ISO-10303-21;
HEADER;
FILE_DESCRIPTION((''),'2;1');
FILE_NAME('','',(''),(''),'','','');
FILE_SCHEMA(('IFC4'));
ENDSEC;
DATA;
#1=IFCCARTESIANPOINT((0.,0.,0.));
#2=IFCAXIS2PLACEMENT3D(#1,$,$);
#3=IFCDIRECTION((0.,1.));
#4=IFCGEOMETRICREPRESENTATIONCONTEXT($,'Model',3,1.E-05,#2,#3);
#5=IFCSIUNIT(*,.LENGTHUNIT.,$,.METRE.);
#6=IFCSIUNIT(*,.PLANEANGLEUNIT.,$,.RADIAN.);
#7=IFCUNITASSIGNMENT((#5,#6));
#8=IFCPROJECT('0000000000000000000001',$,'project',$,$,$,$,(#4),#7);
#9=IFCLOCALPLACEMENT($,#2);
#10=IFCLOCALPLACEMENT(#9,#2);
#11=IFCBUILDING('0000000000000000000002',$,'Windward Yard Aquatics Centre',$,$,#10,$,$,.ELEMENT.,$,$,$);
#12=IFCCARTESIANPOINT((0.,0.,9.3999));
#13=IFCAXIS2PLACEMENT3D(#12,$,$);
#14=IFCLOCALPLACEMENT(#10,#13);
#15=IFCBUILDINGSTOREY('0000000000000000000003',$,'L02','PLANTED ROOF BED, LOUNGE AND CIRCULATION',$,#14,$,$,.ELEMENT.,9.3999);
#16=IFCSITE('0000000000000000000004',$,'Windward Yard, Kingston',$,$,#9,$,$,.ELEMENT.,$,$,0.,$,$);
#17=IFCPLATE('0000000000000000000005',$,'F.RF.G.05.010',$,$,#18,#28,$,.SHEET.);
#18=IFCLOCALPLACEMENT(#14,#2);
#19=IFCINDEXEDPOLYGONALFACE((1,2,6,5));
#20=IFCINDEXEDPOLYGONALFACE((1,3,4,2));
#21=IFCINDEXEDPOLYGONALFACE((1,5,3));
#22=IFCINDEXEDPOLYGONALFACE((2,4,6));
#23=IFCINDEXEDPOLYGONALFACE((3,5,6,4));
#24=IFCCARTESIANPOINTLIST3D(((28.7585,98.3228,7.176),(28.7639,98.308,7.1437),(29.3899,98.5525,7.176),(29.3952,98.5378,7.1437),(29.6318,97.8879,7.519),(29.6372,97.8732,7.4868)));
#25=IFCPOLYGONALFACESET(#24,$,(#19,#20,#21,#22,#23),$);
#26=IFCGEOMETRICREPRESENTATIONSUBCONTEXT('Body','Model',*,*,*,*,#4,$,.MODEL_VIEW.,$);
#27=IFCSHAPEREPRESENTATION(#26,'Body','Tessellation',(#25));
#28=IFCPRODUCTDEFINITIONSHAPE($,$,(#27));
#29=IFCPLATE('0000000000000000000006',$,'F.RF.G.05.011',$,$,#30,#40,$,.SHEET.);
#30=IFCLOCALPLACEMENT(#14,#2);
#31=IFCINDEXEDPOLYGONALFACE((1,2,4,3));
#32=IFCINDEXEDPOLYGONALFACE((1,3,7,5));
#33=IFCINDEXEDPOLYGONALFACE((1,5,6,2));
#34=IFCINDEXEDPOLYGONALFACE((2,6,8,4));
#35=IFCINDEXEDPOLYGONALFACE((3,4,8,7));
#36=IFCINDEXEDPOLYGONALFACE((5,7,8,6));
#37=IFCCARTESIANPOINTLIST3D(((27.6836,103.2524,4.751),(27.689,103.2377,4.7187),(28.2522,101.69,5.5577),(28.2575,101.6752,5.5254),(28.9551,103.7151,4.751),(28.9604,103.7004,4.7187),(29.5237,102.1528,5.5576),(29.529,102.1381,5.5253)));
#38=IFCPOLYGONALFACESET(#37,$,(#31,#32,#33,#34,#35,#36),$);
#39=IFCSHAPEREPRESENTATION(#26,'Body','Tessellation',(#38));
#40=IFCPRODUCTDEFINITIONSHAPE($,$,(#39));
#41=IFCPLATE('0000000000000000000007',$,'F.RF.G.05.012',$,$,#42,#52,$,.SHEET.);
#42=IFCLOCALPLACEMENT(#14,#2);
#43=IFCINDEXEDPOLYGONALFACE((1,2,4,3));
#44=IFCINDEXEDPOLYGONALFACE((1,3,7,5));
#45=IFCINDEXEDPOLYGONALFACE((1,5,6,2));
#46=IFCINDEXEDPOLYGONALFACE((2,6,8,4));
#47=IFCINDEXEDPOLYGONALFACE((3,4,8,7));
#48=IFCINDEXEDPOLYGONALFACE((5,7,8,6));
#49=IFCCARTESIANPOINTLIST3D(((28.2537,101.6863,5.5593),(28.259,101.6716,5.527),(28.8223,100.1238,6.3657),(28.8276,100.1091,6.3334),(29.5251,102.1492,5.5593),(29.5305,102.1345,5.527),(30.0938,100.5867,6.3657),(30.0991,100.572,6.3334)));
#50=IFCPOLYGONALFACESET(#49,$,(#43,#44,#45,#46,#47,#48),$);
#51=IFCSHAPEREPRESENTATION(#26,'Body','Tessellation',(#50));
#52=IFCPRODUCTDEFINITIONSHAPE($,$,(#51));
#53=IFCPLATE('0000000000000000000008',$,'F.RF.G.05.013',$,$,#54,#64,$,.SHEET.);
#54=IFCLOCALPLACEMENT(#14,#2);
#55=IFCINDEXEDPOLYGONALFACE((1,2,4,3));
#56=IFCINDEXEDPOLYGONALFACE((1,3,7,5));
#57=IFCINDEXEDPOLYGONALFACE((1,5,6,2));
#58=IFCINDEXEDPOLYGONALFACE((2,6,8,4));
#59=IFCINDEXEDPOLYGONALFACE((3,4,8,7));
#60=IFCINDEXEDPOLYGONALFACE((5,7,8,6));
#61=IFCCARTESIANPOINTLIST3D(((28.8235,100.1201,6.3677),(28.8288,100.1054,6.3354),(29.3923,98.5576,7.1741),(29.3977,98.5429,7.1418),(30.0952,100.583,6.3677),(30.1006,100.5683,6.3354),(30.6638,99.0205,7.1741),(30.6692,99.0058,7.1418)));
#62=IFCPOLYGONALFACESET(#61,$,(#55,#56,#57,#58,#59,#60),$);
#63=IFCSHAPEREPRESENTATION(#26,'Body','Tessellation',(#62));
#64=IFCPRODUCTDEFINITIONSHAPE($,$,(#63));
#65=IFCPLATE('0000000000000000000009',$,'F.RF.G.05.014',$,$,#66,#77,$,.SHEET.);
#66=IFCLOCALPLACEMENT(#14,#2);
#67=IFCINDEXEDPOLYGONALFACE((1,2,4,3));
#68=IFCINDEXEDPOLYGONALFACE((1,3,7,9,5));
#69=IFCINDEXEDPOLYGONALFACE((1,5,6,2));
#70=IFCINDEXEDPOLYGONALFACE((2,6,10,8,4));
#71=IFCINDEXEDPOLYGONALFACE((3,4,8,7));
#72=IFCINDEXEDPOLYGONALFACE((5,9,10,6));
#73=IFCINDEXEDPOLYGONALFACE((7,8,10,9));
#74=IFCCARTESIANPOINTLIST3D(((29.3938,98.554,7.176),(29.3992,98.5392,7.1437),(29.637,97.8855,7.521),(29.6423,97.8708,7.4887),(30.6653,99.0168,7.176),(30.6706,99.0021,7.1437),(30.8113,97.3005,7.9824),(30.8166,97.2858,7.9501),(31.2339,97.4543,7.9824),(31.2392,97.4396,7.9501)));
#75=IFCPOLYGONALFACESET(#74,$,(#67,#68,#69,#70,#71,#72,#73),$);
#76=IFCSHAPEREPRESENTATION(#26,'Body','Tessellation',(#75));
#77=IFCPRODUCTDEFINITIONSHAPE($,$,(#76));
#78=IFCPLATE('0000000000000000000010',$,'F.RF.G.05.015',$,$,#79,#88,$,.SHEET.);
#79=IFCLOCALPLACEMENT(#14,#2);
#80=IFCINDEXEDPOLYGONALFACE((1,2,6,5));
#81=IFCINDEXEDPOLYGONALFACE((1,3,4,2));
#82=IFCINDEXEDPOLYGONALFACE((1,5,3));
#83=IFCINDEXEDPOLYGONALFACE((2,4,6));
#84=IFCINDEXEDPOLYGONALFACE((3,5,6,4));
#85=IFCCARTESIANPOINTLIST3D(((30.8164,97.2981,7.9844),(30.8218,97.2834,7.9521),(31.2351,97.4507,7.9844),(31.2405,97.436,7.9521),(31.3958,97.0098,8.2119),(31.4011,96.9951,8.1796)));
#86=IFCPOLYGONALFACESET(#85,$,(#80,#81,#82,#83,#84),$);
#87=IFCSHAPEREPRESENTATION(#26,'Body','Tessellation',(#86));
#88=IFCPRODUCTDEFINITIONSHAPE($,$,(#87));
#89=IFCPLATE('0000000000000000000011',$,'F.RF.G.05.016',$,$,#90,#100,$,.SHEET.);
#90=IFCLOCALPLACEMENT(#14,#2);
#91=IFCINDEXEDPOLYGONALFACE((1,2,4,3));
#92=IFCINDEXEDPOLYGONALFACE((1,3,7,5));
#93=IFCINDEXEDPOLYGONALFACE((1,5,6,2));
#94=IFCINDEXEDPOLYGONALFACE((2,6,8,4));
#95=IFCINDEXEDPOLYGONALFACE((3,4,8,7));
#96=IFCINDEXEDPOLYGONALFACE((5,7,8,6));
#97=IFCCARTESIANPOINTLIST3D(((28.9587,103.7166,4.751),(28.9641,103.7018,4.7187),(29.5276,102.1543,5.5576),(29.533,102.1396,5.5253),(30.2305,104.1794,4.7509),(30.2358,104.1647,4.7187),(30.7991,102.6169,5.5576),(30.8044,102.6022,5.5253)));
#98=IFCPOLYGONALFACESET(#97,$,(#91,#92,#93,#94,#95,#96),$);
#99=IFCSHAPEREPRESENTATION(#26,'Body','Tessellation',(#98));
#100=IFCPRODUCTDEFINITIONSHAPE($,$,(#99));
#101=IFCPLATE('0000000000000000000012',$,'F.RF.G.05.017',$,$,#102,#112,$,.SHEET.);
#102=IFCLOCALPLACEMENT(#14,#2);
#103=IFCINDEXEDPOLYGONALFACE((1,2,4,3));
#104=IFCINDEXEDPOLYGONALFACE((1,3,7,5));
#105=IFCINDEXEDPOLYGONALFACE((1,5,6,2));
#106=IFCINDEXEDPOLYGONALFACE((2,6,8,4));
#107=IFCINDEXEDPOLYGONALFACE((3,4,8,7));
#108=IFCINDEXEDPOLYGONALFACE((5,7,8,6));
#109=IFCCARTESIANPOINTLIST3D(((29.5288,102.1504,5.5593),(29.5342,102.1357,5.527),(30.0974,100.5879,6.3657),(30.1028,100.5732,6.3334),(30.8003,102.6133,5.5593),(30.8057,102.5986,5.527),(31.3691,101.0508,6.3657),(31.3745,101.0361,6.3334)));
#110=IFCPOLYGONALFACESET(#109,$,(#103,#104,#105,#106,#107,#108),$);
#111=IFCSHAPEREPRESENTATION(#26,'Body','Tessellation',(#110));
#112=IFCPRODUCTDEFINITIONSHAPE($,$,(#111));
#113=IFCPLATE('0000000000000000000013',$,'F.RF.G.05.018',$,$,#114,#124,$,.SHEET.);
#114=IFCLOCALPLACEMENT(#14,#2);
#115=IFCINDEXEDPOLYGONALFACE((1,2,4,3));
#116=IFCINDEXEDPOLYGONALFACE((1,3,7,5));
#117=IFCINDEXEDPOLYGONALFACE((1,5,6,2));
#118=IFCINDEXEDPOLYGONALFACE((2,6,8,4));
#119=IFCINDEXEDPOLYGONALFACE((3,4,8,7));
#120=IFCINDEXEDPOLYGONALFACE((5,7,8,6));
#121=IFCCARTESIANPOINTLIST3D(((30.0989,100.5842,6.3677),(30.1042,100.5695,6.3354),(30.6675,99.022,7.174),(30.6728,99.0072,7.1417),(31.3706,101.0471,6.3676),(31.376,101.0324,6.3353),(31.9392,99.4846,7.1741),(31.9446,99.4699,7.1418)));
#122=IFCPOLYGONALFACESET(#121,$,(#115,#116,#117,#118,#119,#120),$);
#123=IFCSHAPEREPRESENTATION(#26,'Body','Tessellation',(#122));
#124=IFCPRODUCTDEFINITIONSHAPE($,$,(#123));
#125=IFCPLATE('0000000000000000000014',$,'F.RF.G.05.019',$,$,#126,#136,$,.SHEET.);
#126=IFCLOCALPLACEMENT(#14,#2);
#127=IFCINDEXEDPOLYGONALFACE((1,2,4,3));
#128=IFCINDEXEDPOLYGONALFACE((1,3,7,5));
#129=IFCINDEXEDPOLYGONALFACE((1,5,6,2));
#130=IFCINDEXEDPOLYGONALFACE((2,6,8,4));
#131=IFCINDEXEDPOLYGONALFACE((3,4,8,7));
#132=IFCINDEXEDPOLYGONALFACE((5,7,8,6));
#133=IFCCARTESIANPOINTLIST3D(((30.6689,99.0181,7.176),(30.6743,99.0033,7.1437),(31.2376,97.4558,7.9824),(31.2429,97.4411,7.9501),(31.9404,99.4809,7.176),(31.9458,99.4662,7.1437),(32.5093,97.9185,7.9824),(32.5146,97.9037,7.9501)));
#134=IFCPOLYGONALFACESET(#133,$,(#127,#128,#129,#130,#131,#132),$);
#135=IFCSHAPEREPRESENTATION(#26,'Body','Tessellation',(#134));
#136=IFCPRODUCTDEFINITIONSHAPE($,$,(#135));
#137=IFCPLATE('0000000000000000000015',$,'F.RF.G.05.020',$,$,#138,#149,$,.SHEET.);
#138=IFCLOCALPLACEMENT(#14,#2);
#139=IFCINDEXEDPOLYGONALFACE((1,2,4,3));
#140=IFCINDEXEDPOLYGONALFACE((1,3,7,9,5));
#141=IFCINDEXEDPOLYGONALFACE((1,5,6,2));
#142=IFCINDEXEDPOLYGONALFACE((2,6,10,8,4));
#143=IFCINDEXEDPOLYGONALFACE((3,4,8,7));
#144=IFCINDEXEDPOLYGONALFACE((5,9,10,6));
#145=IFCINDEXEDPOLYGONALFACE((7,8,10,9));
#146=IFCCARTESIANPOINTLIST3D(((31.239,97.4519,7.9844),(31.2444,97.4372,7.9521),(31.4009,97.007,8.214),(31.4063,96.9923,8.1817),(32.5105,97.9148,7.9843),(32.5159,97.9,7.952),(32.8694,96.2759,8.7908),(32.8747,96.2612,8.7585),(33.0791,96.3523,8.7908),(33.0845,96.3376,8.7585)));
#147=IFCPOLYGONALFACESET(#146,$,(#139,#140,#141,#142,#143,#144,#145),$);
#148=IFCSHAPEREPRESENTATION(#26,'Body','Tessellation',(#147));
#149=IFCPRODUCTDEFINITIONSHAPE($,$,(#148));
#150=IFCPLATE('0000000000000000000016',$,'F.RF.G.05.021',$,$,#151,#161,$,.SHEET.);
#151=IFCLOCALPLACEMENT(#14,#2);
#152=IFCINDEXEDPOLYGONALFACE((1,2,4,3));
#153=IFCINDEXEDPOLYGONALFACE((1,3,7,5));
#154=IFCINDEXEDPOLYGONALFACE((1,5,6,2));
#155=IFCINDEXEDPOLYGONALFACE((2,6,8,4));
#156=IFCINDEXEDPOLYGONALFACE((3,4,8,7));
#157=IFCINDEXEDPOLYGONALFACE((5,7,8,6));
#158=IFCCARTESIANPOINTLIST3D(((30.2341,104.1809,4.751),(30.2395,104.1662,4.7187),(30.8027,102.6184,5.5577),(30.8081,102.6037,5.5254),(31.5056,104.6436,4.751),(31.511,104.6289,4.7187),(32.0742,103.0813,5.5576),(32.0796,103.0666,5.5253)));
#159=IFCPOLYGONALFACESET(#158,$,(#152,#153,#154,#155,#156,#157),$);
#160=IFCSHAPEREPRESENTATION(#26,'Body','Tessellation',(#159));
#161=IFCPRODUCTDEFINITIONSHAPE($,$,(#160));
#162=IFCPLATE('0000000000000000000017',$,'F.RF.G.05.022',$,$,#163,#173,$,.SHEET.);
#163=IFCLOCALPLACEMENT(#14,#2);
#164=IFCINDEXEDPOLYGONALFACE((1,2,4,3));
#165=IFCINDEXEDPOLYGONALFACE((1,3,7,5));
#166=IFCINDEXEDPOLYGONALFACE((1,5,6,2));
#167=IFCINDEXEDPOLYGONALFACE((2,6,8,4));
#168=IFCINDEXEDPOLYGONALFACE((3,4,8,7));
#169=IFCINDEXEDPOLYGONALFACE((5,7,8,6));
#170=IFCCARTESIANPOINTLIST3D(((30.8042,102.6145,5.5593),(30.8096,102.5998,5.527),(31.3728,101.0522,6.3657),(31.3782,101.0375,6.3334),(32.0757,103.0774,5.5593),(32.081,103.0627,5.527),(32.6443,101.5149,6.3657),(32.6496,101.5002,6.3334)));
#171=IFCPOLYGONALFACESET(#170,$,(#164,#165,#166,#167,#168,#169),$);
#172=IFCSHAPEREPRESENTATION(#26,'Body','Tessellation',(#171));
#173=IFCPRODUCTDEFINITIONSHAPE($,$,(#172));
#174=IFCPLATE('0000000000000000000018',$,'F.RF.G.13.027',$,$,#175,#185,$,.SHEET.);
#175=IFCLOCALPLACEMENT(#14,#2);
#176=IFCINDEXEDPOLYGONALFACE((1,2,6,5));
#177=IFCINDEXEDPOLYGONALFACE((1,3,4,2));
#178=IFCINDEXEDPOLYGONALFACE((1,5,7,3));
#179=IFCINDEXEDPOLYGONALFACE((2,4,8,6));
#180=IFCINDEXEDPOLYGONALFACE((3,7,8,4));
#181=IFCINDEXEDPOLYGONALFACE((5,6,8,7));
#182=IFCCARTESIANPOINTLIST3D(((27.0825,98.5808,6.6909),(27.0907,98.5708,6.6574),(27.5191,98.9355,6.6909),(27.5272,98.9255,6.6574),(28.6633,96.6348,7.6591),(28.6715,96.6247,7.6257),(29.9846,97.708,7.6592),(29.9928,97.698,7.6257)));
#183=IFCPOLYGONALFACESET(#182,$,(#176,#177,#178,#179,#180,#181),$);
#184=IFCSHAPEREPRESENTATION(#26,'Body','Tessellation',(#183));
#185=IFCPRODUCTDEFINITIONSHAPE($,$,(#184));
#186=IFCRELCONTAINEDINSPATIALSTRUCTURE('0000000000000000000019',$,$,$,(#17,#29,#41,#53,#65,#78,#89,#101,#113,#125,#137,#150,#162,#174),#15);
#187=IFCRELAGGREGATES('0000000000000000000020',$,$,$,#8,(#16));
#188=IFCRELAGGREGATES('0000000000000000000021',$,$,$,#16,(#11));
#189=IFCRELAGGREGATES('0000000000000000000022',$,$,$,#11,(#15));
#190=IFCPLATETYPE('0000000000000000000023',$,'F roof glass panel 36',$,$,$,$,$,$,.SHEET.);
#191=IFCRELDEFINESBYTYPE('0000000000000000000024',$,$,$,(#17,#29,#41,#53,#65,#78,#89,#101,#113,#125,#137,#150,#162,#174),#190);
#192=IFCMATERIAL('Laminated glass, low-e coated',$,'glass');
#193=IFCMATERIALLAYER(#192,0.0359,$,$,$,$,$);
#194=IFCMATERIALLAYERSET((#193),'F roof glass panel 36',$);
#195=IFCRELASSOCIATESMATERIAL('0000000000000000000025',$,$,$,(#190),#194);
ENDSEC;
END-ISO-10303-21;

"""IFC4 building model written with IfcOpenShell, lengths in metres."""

from ifc_helpers import new_model, si_unit, direction, frame, origin, place, context, subcontext, project, spatial, polyline, outline, extrude, material, layer, layer_set, type_object, element, save


model = new_model("IFC4")

# Units and contexts
model_context = context("Model", 3, precision=1e-05, world=origin(), true_north=direction((0.0, 1.0)))
body_context = subcontext(model_context, "Body", "Model", "MODEL_VIEW")
ifc_project = project(units=[si_unit("LENGTHUNIT", "METRE"), si_unit("PLANEANGLEUNIT", "RADIAN")], contexts=[model_context])

# Site, building, storey
site_placement = place(None, origin())
site = spatial("IfcSite", under=ifc_project, at=site_placement, Name="Windward Yard, Kingston", CompositionType="ELEMENT", RefElevation=0.0)
building_placement = place(site_placement, origin())
building = spatial("IfcBuilding", under=site, at=building_placement, Name="Windward Yard Aquatics Centre", CompositionType="ELEMENT")
storey_placement = place(building_placement, frame((0.0, 0.0, 9.3999)))
storey = spatial("IfcBuildingStorey", under=building, at=storey_placement, Name="L02", Description="PLANTED ROOF BED, LOUNGE AND CIRCULATION", CompositionType="ELEMENT", Elevation=9.3999)

# Plates
ifc_material_1 = material(Name="Laminated glass, low-e coated", Category="glass")
ifc_layer_1 = layer(ifc_material_1, 0.0359)
ifc_layer_set_1 = layer_set([ifc_layer_1], Name="F roof glass panel 36")
plate_type = type_object("IfcPlateType", Name="F roof glass panel 36", PredefinedType="SHEET", material=ifc_layer_set_1)
plate_1_placement = place(storey_placement, frame((28.7585, 98.3228, 7.176), z_axis=(-0.149225, 0.410092, 0.899753), x_axis=(0.939719, 0.341947, 0.0)))
element("IfcPlate", 1, at=plate_1_placement, inside=storey, type_object=plate_type, Name="F.RF.G.05.010", PredefinedType="SHEET", context=body_context, shape_type="SweptSolid", body=[
    extrude(outline(polyline([(0.0, 0.0), (0.6718, 0.0), (0.672, -0.786), (0.0, 0.0)])), origin(), (0.0, 0.0, -1.0), 0.0359),
])
plate_2_placement = place(storey_placement, frame((27.6836, 103.2524, 4.751), z_axis=(-0.149288, 0.410178, 0.899704), x_axis=(0.939719, 0.341947, 0.000033)))
element("IfcPlate", 2, at=plate_2_placement, inside=storey, type_object=plate_type, Name="F.RF.G.05.011", PredefinedType="SHEET", context=body_context, shape_type="SweptSolid", body=[
    extrude(outline(polyline([(0.0, 0.0), (1.353, 0.0), (1.3532, -1.8479), (0.0001, -1.8481), (0.0, 0.0)])), origin(), (0.0, 0.0, -1.0), 0.0359),
])
plate_3_placement = place(storey_placement, frame((28.2537, 101.6863, 5.5593), z_axis=(-0.149278, 0.410041, 0.899768), x_axis=(0.939667, 0.342091, 0.0)))
element("IfcPlate", 3, at=plate_3_placement, inside=storey, type_object=plate_type, Name="F.RF.G.05.012", PredefinedType="SHEET", context=body_context, shape_type="SweptSolid", body=[
    extrude(outline(polyline([(0.0, 0.0), (1.3531, 0.0), (1.3529, -1.848), (-0.0002, -1.848), (0.0, 0.0)])), origin(), (0.0, 0.0, -1.0), 0.0359),
])
plate_4_placement = place(storey_placement, frame((28.8235, 100.1201, 6.3677), z_axis=(-0.149262, 0.410038, 0.899772), x_axis=(0.939686, 0.342038, 0.000012)))
element("IfcPlate", 4, at=plate_4_placement, inside=storey, type_object=plate_type, Name="F.RF.G.05.013", PredefinedType="SHEET", context=body_context, shape_type="SweptSolid", body=[
    extrude(outline(polyline([(0.0, 0.0), (1.3534, 0.0), (1.3532, -1.848), (0.0001, -1.848), (0.0, 0.0)])), origin(), (0.0, 0.0, -1.0), 0.0359),
])
plate_5_placement = place(storey_placement, frame((29.3938, 98.554, 7.176), z_axis=(-0.149275, 0.410048, 0.899765), x_axis=(0.939668, 0.342089, -0.000004)))
element("IfcPlate", 5, at=plate_5_placement, inside=storey, type_object=plate_type, Name="F.RF.G.05.014", PredefinedType="SHEET", context=body_context, shape_type="SweptSolid", body=[
    extrude(outline(polyline([(0.0, 0.0), (1.3531, 0.0), (1.3529, -1.848), (0.9032, -1.8479), (-0.0002, -0.7905), (0.0, 0.0)])), origin(), (0.0, 0.0, -1.0), 0.0359),
])
plate_6_placement = place(storey_placement, frame((30.8164, 97.2981, 7.9844), z_axis=(-0.149389, 0.409922, 0.899804), x_axis=(0.939553, 0.342403, 0.0)))
element("IfcPlate", 6, at=plate_6_placement, inside=storey, type_object=plate_type, Name="F.RF.G.05.015", PredefinedType="SHEET", context=body_context, shape_type="SweptSolid", body=[
    extrude(outline(polyline([(0.0, 0.0), (0.4456, 0.0), (0.4456, -0.5215), (0.0, 0.0)])), origin(), (0.0, 0.0, -1.0), 0.0359),
])
plate_7_placement = place(storey_placement, frame((28.9587, 103.7166, 4.751), z_axis=(-0.149272, 0.410174, 0.899708), x_axis=(0.939692, 0.342023, -0.000021)))
element("IfcPlate", 7, at=plate_7_placement, inside=storey, type_object=plate_type, Name="F.RF.G.05.016", PredefinedType="SHEET", context=body_context, shape_type="SweptSolid", body=[
    extrude(outline(polyline([(0.0, 0.0), (1.3534, 0.0), (1.3532, -1.8481), (0.0002, -1.8479), (0.0, 0.0)])), origin(), (0.0, 0.0, -1.0), 0.0359),
])
plate_8_placement = place(storey_placement, frame((29.5288, 102.1504, 5.5593), z_axis=(-0.149262, 0.410038, 0.899772), x_axis=(0.939669, 0.342085, -0.000012)))
element("IfcPlate", 8, at=plate_8_placement, inside=storey, type_object=plate_type, Name="F.RF.G.05.017", PredefinedType="SHEET", context=body_context, shape_type="SweptSolid", body=[
    extrude(outline(polyline([(0.0, 0.0), (1.3531, 0.0), (1.3531, -1.848), (-0.0002, -1.848), (0.0, 0.0)])), origin(), (0.0, 0.0, -1.0), 0.0359),
])
plate_9_placement = place(storey_placement, frame((30.0989, 100.5842, 6.3677), z_axis=(-0.149226, 0.410086, 0.899756), x_axis=(0.939694, 0.342018, -0.000033)))
element("IfcPlate", 9, at=plate_9_placement, inside=storey, type_object=plate_type, Name="F.RF.G.05.018", PredefinedType="SHEET", context=body_context, shape_type="SweptSolid", body=[
    extrude(outline(polyline([(0.0, 0.0), (1.3534, 0.0), (1.3532, -1.848), (0.0, -1.8478), (0.0, 0.0)])), origin(), (0.0, 0.0, -1.0), 0.0359),
])
plate_10_placement = place(storey_placement, frame((30.6689, 99.0181, 7.176), z_axis=(-0.149236, 0.410073, 0.89976), x_axis=(0.939674, 0.34207, -0.000045)))
element("IfcPlate", 10, at=plate_10_placement, inside=storey, type_object=plate_type, Name="F.RF.G.05.019", PredefinedType="SHEET", context=body_context, shape_type="SweptSolid", body=[
    extrude(outline(polyline([(0.0, 0.0), (1.3531, 0.0), (1.3531, -1.848), (-0.0001, -1.8478), (0.0, 0.0)])), origin(), (0.0, 0.0, -1.0), 0.0359),
])
plate_11_placement = place(storey_placement, frame((31.239, 97.4519, 7.9844), z_axis=(-0.149225, 0.410097, 0.899751), x_axis=(0.939677, 0.342063, -0.000062)))
element("IfcPlate", 11, at=plate_11_placement, inside=storey, type_object=plate_type, Name="F.RF.G.05.020", PredefinedType="SHEET", context=body_context, shape_type="SweptSolid", body=[
    extrude(outline(polyline([(0.0, 0.0), (1.3531, 0.0), (1.3529, -1.848), (1.1297, -1.848), (-0.0001, -0.5262), (0.0, 0.0)])), origin(), (0.0, 0.0, -1.0), 0.0359),
])
plate_12_placement = place(storey_placement, frame((30.2341, 104.1809, 4.751), z_axis=(-0.149288, 0.410178, 0.899704), x_axis=(0.939719, 0.341947, 0.000033)))
element("IfcPlate", 12, at=plate_12_placement, inside=storey, type_object=plate_type, Name="F.RF.G.05.021", PredefinedType="SHEET", context=body_context, shape_type="SweptSolid", body=[
    extrude(outline(polyline([(0.0, 0.0), (1.353, 0.0), (1.3532, -1.8479), (0.0001, -1.8481), (0.0, 0.0)])), origin(), (0.0, 0.0, -1.0), 0.0359),
])
plate_13_placement = place(storey_placement, frame((30.8042, 102.6145, 5.5593), z_axis=(-0.149251, 0.410077, 0.899756), x_axis=(0.939672, 0.342076, -0.000033)))
element("IfcPlate", 13, at=plate_13_placement, inside=storey, type_object=plate_type, Name="F.RF.G.05.022", PredefinedType="SHEET", context=body_context, shape_type="SweptSolid", body=[
    extrude(outline(polyline([(0.0, 0.0), (1.3531, 0.0), (1.3529, -1.848), (-0.0001, -1.8478), (0.0, 0.0)])), origin(), (0.0, 0.0, -1.0), 0.0359),
])
plate_14_placement = place(storey_placement, frame((27.0825, 98.5808, 6.6909), z_axis=(-0.227147, 0.279613, 0.932856), x_axis=(0.776075, 0.630641, -0.000056)))
element("IfcPlate", 14, at=plate_14_placement, inside=storey, type_object=plate_type, Name="F.RF.G.13.027", PredefinedType="SHEET", context=body_context, shape_type="SweptSolid", body=[
    extrude(outline(polyline([(0.0, 0.0), (0.5625, 0.0), (1.7018, -2.688), (-0.0005, -2.6877), (0.0, 0.0)])), origin(), (0.0, 0.0, -1.0), 0.0359),
])

save(model, "model.ifc")
